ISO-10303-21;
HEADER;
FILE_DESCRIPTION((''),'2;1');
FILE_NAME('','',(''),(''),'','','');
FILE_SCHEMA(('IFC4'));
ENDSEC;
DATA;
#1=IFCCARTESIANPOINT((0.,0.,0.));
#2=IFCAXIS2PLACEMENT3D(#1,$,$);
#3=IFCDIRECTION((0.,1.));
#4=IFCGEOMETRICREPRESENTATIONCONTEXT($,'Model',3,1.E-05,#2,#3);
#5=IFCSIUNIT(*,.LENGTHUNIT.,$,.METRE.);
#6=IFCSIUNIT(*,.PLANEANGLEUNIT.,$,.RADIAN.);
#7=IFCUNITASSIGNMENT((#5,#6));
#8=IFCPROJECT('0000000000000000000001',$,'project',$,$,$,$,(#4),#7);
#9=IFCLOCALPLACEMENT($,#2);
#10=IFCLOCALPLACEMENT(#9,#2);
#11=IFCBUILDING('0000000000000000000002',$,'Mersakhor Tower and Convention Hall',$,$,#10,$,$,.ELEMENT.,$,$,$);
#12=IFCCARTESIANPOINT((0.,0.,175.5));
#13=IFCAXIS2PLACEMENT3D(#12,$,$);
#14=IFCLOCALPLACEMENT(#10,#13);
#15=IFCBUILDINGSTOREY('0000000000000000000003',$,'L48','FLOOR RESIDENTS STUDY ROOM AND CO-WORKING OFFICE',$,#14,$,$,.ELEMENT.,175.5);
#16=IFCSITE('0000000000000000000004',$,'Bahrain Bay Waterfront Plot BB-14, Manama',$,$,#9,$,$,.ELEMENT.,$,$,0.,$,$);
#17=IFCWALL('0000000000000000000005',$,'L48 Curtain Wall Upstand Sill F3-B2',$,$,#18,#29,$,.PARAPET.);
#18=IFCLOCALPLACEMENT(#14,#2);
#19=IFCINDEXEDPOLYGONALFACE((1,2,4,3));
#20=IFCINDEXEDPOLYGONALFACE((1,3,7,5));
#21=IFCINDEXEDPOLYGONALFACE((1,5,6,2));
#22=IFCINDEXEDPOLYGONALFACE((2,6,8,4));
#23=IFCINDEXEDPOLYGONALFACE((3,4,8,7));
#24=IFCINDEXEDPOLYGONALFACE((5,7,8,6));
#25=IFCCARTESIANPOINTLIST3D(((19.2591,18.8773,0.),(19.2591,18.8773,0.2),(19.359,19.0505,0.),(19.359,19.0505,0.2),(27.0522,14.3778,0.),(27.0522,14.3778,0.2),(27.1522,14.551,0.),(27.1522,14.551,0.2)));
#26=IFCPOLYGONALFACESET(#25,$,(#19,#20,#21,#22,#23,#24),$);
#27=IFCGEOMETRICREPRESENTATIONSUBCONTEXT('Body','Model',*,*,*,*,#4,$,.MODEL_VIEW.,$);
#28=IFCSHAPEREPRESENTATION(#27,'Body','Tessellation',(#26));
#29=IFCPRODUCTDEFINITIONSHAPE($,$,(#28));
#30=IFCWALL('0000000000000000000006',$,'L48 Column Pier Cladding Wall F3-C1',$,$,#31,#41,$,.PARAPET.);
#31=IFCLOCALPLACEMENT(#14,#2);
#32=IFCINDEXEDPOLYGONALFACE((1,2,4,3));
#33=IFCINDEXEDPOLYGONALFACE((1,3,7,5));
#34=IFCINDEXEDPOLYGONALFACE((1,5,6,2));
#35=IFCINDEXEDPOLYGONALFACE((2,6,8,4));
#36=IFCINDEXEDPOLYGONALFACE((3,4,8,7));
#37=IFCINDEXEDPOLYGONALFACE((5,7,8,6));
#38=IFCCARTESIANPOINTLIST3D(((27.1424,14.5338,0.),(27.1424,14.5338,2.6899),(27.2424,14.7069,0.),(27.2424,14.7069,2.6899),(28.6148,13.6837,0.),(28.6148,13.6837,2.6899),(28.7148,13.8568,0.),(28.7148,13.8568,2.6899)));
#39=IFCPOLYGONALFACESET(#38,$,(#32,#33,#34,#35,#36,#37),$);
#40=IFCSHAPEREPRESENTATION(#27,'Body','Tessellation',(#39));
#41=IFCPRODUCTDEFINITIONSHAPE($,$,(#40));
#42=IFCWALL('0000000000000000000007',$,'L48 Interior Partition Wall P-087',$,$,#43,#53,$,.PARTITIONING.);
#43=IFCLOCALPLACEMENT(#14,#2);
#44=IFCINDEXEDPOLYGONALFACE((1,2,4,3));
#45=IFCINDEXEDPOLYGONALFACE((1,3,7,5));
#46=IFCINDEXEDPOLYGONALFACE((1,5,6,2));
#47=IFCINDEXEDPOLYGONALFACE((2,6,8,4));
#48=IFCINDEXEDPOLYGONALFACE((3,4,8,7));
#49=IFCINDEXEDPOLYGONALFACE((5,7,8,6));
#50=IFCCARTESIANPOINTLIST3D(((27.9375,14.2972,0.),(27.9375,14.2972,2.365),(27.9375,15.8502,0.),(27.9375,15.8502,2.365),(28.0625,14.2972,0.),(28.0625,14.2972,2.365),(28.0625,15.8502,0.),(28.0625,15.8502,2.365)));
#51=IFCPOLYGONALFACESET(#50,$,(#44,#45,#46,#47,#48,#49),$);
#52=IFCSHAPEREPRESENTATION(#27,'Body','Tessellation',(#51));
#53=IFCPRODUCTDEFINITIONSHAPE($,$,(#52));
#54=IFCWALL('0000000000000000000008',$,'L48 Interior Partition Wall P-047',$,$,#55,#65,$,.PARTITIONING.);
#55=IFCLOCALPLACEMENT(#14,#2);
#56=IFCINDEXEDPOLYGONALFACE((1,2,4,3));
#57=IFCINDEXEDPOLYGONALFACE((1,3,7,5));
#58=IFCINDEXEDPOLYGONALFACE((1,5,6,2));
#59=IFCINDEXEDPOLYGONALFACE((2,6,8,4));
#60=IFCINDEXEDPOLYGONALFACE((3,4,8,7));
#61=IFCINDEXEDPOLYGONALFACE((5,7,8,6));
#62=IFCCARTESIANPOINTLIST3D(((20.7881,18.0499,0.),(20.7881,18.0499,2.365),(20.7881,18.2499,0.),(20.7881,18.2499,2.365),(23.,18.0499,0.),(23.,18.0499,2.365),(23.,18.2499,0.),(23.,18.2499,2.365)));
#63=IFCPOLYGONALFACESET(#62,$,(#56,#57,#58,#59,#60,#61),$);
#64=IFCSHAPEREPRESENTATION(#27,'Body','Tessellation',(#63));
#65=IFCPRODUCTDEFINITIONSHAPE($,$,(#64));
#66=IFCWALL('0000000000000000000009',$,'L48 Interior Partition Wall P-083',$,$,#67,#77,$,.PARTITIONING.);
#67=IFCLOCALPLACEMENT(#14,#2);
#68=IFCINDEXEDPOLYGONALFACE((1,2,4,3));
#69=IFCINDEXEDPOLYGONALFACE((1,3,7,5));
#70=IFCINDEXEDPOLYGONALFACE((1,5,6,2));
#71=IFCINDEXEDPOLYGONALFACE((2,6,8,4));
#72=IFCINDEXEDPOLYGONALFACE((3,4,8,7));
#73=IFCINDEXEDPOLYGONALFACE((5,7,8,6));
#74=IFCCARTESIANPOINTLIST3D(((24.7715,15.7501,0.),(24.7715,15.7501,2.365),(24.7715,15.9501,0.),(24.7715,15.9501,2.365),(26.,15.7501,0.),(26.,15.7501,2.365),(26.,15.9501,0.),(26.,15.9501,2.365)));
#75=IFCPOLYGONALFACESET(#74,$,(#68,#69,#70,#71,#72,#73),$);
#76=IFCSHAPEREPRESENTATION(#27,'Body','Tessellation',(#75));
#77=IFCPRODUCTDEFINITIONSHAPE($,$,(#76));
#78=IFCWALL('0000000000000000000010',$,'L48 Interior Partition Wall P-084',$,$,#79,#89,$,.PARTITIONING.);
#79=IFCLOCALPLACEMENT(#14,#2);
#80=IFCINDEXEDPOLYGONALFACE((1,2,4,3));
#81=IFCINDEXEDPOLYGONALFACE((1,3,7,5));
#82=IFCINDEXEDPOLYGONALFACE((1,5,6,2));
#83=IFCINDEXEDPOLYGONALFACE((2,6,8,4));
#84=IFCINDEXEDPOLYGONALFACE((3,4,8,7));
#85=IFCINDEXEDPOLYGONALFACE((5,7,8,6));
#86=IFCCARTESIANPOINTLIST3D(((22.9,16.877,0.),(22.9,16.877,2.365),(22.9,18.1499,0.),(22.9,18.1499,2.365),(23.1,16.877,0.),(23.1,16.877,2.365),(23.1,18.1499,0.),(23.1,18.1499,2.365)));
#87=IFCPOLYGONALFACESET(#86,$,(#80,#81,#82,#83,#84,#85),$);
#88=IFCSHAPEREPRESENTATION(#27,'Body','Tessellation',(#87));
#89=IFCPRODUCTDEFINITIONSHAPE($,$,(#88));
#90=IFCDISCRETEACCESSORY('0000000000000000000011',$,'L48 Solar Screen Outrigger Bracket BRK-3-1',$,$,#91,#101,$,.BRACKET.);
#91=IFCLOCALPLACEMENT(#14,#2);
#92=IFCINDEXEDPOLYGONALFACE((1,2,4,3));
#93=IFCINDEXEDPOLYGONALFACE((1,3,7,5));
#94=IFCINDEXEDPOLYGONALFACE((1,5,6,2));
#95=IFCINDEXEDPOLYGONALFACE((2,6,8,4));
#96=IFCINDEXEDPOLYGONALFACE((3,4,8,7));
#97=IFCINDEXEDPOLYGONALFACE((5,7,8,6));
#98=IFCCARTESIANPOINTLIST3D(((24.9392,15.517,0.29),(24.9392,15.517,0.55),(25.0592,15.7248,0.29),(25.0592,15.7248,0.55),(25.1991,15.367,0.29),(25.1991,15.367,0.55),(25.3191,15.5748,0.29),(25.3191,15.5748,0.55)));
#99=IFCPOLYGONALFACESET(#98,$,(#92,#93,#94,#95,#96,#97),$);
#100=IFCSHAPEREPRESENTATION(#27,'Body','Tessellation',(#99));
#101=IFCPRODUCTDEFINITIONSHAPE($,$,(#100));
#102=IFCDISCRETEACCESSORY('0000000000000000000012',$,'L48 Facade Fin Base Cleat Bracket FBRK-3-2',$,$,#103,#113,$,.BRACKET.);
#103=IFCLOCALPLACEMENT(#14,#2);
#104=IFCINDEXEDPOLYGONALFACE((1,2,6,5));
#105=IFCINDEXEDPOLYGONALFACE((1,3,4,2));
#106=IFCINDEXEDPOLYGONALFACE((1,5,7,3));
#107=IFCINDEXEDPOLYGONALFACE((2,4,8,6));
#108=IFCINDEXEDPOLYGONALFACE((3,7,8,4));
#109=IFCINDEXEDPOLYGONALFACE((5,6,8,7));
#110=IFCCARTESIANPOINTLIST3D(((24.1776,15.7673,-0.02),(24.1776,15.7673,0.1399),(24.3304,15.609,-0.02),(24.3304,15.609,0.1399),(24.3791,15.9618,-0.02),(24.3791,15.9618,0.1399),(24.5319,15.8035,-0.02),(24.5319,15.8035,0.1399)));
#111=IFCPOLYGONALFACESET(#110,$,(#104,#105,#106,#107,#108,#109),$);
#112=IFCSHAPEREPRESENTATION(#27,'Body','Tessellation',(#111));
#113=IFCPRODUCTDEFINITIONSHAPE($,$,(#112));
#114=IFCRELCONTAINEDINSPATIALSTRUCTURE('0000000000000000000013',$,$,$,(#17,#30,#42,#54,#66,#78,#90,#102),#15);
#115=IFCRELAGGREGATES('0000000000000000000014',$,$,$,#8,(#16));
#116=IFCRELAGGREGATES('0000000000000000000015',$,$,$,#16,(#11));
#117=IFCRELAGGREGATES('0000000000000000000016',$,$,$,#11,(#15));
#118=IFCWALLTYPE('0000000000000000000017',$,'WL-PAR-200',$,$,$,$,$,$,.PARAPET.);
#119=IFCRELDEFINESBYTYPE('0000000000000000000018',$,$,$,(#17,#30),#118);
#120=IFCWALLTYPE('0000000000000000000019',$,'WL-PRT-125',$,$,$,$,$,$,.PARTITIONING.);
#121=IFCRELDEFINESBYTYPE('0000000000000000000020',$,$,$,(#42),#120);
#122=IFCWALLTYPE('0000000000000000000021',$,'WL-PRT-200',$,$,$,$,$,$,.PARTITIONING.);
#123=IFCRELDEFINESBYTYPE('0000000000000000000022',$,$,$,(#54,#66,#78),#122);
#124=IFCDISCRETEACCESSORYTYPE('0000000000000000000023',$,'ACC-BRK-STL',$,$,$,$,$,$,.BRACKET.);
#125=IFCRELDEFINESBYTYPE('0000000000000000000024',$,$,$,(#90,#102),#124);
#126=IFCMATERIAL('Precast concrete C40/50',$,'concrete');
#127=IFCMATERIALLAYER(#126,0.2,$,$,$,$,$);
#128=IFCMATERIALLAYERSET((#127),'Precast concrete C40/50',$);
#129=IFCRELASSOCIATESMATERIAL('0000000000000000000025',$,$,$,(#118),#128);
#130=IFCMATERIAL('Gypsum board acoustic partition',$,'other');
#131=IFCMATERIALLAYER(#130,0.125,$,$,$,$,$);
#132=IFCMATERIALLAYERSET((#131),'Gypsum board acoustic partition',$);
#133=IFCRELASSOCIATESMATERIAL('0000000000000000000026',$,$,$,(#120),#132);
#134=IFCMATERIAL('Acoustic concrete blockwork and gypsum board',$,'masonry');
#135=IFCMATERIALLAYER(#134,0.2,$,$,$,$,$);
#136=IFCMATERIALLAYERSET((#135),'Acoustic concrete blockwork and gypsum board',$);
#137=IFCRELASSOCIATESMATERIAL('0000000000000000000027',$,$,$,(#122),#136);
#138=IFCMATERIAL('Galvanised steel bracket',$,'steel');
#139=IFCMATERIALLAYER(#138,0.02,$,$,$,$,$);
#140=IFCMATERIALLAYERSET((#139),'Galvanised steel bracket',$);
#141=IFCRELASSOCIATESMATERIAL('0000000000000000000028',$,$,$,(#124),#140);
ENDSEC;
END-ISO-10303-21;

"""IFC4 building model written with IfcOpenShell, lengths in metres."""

from ifc_helpers import new_model, si_unit, direction, frame, frame_2d, origin, origin_2d, place, context, subcontext, project, spatial, rectangle, extrude, material, layer, layer_set, type_object, element, save


model = new_model("IFC4")

# Units and contexts
model_context = context("Model", 3, precision=1e-05, world=origin(), true_north=direction((0.0, 1.0)))
body_context = subcontext(model_context, "Body", "Model", "MODEL_VIEW")
ifc_project = project(units=[si_unit("LENGTHUNIT", "METRE"), si_unit("PLANEANGLEUNIT", "RADIAN")], contexts=[model_context])

# Site, building, storey
site_placement = place(None, origin())
site = spatial("IfcSite", under=ifc_project, at=site_placement, Name="Bahrain Bay Waterfront Plot BB-14, Manama", CompositionType="ELEMENT", RefElevation=0.0)
building_placement = place(site_placement, origin())
building = spatial("IfcBuilding", under=site, at=building_placement, Name="Mersakhor Tower and Convention Hall", CompositionType="ELEMENT")
storey_placement = place(building_placement, frame((0.0, 0.0, 175.5)))
storey = spatial("IfcBuildingStorey", under=building, at=storey_placement, Name="L48", Description="FLOOR RESIDENTS STUDY ROOM AND CO-WORKING OFFICE", CompositionType="ELEMENT", Elevation=175.5)

# Walls
ifc_material_1 = material(Name="Precast concrete C40/50", Category="concrete")
ifc_layer_1 = layer(ifc_material_1, 0.2)
ifc_layer_set_1 = layer_set([ifc_layer_1], Name="Precast concrete C40/50")
wall_type_1 = type_object("IfcWallType", Name="WL-PAR-200", PredefinedType="PARAPET", material=ifc_layer_set_1)
wall_1_placement = place(storey_placement, frame((27.1023, 14.4644, 0.0), z_axis=(0.0, 0.0, 1.0), x_axis=(-0.866021, 0.500008, 0.0)))
element("IfcWall", 1, at=wall_1_placement, inside=storey, type_object=wall_type_1, Name="L48 Curtain Wall Upstand Sill F3-B2", PredefinedType="PARAPET", context=body_context, shape_type="SweptSolid", body=[
    extrude(rectangle(XDim=8.9988, YDim=0.2, at=frame_2d((4.4995, 0.0))), origin(), (0.0, 0.0, 1.0), 0.2),
])
wall_2_placement = place(storey_placement, frame((28.6648, 13.7703, 0.0), z_axis=(0.0, 0.0, 1.0), x_axis=(-0.866025, 0.5, 0.0)))
element("IfcWall", 2, at=wall_2_placement, inside=storey, type_object=wall_type_1, Name="L48 Column Pier Cladding Wall F3-C1", PredefinedType="PARAPET", context=body_context, shape_type="SweptSolid", body=[
    extrude(rectangle(XDim=1.7002, YDim=0.2, at=frame_2d((0.8501, 0.0))), origin(), (0.0, 0.0, 1.0), 2.6899),
])
ifc_material_2 = material(Name="Gypsum board acoustic partition", Category="other")
ifc_layer_2 = layer(ifc_material_2, 0.125)
ifc_layer_set_2 = layer_set([ifc_layer_2], Name="Gypsum board acoustic partition")
wall_type_2 = type_object("IfcWallType", Name="WL-PRT-125", PredefinedType="PARTITIONING", material=ifc_layer_set_2)
wall_3_placement = place(storey_placement, frame((28.0, 15.8501, 0.0), z_axis=(0.0, 0.0, 1.0), x_axis=(0.0, -1.0, 0.0)))
element("IfcWall", 3, at=wall_3_placement, inside=storey, type_object=wall_type_2, Name="L48 Interior Partition Wall P-087", PredefinedType="PARTITIONING", context=body_context, shape_type="SweptSolid", body=[
    extrude(rectangle(XDim=1.553, YDim=0.125, at=frame_2d((0.7764, 0.0))), origin(), (0.0, 0.0, 1.0), 2.365),
])
ifc_material_3 = material(Name="Acoustic concrete blockwork and gypsum board", Category="masonry")
ifc_layer_3 = layer(ifc_material_3, 0.2)
ifc_layer_set_3 = layer_set([ifc_layer_3], Name="Acoustic concrete blockwork and gypsum board")
wall_type_3 = type_object("IfcWallType", Name="WL-PRT-200", PredefinedType="PARTITIONING", material=ifc_layer_set_3)
wall_4_placement = place(storey_placement, frame((23.0, 18.1499, 0.0), z_axis=(0.0, 0.0, 1.0), x_axis=(-1.0, 0.0, 0.0)))
element("IfcWall", 4, at=wall_4_placement, inside=storey, type_object=wall_type_3, Name="L48 Interior Partition Wall P-047", PredefinedType="PARTITIONING", context=body_context, shape_type="SweptSolid", body=[
    extrude(rectangle(XDim=2.2119, YDim=0.2, at=frame_2d((1.106, 0.0))), origin(), (0.0, 0.0, 1.0), 2.365),
])
wall_5_placement = place(storey_placement, frame((26.0, 15.8501, 0.0), z_axis=(0.0, 0.0, 1.0), x_axis=(-1.0, 0.0, 0.0)))
element("IfcWall", 5, at=wall_5_placement, inside=storey, type_object=wall_type_3, Name="L48 Interior Partition Wall P-083", PredefinedType="PARTITIONING", context=body_context, shape_type="SweptSolid", body=[
    extrude(rectangle(XDim=1.2285, YDim=0.2, at=frame_2d((0.6143, 0.0))), origin(), (0.0, 0.0, 1.0), 2.365),
])
wall_6_placement = place(storey_placement, frame((23.0, 16.877, 0.0), z_axis=(0.0, 0.0, 1.0), x_axis=(0.0, 1.0, 0.0)))
element("IfcWall", 6, at=wall_6_placement, inside=storey, type_object=wall_type_3, Name="L48 Interior Partition Wall P-084", PredefinedType="PARTITIONING", context=body_context, shape_type="SweptSolid", body=[
    extrude(rectangle(XDim=1.2729, YDim=0.2, at=frame_2d((0.6365, 0.0))), origin(), (0.0, 0.0, 1.0), 2.365),
])

# Discrete accessories
ifc_material_4 = material(Name="Galvanised steel bracket", Category="steel")
ifc_layer_4 = layer(ifc_material_4, 0.02)
ifc_layer_set_4 = layer_set([ifc_layer_4], Name="Galvanised steel bracket")
discrete_accessory_type = type_object("IfcDiscreteAccessoryType", Name="ACC-BRK-STL", PredefinedType="BRACKET", material=ifc_layer_set_4)
discrete_accessory_1_placement = place(storey_placement, frame((25.1292, 15.5459, 0.29), z_axis=(0.0, 0.0, 1.0), x_axis=(-0.866025, 0.5, 0.0)))
element("IfcDiscreteAccessory", 7, at=discrete_accessory_1_placement, inside=storey, type_object=discrete_accessory_type, Name="L48 Solar Screen Outrigger Bracket BRK-3-1", PredefinedType="BRACKET", context=body_context, shape_type="SweptSolid", body=[
    extrude(rectangle(XDim=0.3, YDim=0.24, at=origin_2d()), origin(), (0.0, 0.0, 1.0), 0.26),
])
discrete_accessory_2_placement = place(storey_placement, frame((24.3547, 15.7854, -0.02), z_axis=(0.0, 0.0, 1.0), x_axis=(-0.71934, -0.694658, 0.0)))
element("IfcDiscreteAccessory", 8, at=discrete_accessory_2_placement, inside=storey, type_object=discrete_accessory_type, Name="L48 Facade Fin Base Cleat Bracket FBRK-3-2", PredefinedType="BRACKET", context=body_context, shape_type="SweptSolid", body=[
    extrude(rectangle(XDim=0.28, YDim=0.22, at=origin_2d()), origin(), (0.0, 0.0, 1.0), 0.1599),
])

save(model, "model.ifc")
